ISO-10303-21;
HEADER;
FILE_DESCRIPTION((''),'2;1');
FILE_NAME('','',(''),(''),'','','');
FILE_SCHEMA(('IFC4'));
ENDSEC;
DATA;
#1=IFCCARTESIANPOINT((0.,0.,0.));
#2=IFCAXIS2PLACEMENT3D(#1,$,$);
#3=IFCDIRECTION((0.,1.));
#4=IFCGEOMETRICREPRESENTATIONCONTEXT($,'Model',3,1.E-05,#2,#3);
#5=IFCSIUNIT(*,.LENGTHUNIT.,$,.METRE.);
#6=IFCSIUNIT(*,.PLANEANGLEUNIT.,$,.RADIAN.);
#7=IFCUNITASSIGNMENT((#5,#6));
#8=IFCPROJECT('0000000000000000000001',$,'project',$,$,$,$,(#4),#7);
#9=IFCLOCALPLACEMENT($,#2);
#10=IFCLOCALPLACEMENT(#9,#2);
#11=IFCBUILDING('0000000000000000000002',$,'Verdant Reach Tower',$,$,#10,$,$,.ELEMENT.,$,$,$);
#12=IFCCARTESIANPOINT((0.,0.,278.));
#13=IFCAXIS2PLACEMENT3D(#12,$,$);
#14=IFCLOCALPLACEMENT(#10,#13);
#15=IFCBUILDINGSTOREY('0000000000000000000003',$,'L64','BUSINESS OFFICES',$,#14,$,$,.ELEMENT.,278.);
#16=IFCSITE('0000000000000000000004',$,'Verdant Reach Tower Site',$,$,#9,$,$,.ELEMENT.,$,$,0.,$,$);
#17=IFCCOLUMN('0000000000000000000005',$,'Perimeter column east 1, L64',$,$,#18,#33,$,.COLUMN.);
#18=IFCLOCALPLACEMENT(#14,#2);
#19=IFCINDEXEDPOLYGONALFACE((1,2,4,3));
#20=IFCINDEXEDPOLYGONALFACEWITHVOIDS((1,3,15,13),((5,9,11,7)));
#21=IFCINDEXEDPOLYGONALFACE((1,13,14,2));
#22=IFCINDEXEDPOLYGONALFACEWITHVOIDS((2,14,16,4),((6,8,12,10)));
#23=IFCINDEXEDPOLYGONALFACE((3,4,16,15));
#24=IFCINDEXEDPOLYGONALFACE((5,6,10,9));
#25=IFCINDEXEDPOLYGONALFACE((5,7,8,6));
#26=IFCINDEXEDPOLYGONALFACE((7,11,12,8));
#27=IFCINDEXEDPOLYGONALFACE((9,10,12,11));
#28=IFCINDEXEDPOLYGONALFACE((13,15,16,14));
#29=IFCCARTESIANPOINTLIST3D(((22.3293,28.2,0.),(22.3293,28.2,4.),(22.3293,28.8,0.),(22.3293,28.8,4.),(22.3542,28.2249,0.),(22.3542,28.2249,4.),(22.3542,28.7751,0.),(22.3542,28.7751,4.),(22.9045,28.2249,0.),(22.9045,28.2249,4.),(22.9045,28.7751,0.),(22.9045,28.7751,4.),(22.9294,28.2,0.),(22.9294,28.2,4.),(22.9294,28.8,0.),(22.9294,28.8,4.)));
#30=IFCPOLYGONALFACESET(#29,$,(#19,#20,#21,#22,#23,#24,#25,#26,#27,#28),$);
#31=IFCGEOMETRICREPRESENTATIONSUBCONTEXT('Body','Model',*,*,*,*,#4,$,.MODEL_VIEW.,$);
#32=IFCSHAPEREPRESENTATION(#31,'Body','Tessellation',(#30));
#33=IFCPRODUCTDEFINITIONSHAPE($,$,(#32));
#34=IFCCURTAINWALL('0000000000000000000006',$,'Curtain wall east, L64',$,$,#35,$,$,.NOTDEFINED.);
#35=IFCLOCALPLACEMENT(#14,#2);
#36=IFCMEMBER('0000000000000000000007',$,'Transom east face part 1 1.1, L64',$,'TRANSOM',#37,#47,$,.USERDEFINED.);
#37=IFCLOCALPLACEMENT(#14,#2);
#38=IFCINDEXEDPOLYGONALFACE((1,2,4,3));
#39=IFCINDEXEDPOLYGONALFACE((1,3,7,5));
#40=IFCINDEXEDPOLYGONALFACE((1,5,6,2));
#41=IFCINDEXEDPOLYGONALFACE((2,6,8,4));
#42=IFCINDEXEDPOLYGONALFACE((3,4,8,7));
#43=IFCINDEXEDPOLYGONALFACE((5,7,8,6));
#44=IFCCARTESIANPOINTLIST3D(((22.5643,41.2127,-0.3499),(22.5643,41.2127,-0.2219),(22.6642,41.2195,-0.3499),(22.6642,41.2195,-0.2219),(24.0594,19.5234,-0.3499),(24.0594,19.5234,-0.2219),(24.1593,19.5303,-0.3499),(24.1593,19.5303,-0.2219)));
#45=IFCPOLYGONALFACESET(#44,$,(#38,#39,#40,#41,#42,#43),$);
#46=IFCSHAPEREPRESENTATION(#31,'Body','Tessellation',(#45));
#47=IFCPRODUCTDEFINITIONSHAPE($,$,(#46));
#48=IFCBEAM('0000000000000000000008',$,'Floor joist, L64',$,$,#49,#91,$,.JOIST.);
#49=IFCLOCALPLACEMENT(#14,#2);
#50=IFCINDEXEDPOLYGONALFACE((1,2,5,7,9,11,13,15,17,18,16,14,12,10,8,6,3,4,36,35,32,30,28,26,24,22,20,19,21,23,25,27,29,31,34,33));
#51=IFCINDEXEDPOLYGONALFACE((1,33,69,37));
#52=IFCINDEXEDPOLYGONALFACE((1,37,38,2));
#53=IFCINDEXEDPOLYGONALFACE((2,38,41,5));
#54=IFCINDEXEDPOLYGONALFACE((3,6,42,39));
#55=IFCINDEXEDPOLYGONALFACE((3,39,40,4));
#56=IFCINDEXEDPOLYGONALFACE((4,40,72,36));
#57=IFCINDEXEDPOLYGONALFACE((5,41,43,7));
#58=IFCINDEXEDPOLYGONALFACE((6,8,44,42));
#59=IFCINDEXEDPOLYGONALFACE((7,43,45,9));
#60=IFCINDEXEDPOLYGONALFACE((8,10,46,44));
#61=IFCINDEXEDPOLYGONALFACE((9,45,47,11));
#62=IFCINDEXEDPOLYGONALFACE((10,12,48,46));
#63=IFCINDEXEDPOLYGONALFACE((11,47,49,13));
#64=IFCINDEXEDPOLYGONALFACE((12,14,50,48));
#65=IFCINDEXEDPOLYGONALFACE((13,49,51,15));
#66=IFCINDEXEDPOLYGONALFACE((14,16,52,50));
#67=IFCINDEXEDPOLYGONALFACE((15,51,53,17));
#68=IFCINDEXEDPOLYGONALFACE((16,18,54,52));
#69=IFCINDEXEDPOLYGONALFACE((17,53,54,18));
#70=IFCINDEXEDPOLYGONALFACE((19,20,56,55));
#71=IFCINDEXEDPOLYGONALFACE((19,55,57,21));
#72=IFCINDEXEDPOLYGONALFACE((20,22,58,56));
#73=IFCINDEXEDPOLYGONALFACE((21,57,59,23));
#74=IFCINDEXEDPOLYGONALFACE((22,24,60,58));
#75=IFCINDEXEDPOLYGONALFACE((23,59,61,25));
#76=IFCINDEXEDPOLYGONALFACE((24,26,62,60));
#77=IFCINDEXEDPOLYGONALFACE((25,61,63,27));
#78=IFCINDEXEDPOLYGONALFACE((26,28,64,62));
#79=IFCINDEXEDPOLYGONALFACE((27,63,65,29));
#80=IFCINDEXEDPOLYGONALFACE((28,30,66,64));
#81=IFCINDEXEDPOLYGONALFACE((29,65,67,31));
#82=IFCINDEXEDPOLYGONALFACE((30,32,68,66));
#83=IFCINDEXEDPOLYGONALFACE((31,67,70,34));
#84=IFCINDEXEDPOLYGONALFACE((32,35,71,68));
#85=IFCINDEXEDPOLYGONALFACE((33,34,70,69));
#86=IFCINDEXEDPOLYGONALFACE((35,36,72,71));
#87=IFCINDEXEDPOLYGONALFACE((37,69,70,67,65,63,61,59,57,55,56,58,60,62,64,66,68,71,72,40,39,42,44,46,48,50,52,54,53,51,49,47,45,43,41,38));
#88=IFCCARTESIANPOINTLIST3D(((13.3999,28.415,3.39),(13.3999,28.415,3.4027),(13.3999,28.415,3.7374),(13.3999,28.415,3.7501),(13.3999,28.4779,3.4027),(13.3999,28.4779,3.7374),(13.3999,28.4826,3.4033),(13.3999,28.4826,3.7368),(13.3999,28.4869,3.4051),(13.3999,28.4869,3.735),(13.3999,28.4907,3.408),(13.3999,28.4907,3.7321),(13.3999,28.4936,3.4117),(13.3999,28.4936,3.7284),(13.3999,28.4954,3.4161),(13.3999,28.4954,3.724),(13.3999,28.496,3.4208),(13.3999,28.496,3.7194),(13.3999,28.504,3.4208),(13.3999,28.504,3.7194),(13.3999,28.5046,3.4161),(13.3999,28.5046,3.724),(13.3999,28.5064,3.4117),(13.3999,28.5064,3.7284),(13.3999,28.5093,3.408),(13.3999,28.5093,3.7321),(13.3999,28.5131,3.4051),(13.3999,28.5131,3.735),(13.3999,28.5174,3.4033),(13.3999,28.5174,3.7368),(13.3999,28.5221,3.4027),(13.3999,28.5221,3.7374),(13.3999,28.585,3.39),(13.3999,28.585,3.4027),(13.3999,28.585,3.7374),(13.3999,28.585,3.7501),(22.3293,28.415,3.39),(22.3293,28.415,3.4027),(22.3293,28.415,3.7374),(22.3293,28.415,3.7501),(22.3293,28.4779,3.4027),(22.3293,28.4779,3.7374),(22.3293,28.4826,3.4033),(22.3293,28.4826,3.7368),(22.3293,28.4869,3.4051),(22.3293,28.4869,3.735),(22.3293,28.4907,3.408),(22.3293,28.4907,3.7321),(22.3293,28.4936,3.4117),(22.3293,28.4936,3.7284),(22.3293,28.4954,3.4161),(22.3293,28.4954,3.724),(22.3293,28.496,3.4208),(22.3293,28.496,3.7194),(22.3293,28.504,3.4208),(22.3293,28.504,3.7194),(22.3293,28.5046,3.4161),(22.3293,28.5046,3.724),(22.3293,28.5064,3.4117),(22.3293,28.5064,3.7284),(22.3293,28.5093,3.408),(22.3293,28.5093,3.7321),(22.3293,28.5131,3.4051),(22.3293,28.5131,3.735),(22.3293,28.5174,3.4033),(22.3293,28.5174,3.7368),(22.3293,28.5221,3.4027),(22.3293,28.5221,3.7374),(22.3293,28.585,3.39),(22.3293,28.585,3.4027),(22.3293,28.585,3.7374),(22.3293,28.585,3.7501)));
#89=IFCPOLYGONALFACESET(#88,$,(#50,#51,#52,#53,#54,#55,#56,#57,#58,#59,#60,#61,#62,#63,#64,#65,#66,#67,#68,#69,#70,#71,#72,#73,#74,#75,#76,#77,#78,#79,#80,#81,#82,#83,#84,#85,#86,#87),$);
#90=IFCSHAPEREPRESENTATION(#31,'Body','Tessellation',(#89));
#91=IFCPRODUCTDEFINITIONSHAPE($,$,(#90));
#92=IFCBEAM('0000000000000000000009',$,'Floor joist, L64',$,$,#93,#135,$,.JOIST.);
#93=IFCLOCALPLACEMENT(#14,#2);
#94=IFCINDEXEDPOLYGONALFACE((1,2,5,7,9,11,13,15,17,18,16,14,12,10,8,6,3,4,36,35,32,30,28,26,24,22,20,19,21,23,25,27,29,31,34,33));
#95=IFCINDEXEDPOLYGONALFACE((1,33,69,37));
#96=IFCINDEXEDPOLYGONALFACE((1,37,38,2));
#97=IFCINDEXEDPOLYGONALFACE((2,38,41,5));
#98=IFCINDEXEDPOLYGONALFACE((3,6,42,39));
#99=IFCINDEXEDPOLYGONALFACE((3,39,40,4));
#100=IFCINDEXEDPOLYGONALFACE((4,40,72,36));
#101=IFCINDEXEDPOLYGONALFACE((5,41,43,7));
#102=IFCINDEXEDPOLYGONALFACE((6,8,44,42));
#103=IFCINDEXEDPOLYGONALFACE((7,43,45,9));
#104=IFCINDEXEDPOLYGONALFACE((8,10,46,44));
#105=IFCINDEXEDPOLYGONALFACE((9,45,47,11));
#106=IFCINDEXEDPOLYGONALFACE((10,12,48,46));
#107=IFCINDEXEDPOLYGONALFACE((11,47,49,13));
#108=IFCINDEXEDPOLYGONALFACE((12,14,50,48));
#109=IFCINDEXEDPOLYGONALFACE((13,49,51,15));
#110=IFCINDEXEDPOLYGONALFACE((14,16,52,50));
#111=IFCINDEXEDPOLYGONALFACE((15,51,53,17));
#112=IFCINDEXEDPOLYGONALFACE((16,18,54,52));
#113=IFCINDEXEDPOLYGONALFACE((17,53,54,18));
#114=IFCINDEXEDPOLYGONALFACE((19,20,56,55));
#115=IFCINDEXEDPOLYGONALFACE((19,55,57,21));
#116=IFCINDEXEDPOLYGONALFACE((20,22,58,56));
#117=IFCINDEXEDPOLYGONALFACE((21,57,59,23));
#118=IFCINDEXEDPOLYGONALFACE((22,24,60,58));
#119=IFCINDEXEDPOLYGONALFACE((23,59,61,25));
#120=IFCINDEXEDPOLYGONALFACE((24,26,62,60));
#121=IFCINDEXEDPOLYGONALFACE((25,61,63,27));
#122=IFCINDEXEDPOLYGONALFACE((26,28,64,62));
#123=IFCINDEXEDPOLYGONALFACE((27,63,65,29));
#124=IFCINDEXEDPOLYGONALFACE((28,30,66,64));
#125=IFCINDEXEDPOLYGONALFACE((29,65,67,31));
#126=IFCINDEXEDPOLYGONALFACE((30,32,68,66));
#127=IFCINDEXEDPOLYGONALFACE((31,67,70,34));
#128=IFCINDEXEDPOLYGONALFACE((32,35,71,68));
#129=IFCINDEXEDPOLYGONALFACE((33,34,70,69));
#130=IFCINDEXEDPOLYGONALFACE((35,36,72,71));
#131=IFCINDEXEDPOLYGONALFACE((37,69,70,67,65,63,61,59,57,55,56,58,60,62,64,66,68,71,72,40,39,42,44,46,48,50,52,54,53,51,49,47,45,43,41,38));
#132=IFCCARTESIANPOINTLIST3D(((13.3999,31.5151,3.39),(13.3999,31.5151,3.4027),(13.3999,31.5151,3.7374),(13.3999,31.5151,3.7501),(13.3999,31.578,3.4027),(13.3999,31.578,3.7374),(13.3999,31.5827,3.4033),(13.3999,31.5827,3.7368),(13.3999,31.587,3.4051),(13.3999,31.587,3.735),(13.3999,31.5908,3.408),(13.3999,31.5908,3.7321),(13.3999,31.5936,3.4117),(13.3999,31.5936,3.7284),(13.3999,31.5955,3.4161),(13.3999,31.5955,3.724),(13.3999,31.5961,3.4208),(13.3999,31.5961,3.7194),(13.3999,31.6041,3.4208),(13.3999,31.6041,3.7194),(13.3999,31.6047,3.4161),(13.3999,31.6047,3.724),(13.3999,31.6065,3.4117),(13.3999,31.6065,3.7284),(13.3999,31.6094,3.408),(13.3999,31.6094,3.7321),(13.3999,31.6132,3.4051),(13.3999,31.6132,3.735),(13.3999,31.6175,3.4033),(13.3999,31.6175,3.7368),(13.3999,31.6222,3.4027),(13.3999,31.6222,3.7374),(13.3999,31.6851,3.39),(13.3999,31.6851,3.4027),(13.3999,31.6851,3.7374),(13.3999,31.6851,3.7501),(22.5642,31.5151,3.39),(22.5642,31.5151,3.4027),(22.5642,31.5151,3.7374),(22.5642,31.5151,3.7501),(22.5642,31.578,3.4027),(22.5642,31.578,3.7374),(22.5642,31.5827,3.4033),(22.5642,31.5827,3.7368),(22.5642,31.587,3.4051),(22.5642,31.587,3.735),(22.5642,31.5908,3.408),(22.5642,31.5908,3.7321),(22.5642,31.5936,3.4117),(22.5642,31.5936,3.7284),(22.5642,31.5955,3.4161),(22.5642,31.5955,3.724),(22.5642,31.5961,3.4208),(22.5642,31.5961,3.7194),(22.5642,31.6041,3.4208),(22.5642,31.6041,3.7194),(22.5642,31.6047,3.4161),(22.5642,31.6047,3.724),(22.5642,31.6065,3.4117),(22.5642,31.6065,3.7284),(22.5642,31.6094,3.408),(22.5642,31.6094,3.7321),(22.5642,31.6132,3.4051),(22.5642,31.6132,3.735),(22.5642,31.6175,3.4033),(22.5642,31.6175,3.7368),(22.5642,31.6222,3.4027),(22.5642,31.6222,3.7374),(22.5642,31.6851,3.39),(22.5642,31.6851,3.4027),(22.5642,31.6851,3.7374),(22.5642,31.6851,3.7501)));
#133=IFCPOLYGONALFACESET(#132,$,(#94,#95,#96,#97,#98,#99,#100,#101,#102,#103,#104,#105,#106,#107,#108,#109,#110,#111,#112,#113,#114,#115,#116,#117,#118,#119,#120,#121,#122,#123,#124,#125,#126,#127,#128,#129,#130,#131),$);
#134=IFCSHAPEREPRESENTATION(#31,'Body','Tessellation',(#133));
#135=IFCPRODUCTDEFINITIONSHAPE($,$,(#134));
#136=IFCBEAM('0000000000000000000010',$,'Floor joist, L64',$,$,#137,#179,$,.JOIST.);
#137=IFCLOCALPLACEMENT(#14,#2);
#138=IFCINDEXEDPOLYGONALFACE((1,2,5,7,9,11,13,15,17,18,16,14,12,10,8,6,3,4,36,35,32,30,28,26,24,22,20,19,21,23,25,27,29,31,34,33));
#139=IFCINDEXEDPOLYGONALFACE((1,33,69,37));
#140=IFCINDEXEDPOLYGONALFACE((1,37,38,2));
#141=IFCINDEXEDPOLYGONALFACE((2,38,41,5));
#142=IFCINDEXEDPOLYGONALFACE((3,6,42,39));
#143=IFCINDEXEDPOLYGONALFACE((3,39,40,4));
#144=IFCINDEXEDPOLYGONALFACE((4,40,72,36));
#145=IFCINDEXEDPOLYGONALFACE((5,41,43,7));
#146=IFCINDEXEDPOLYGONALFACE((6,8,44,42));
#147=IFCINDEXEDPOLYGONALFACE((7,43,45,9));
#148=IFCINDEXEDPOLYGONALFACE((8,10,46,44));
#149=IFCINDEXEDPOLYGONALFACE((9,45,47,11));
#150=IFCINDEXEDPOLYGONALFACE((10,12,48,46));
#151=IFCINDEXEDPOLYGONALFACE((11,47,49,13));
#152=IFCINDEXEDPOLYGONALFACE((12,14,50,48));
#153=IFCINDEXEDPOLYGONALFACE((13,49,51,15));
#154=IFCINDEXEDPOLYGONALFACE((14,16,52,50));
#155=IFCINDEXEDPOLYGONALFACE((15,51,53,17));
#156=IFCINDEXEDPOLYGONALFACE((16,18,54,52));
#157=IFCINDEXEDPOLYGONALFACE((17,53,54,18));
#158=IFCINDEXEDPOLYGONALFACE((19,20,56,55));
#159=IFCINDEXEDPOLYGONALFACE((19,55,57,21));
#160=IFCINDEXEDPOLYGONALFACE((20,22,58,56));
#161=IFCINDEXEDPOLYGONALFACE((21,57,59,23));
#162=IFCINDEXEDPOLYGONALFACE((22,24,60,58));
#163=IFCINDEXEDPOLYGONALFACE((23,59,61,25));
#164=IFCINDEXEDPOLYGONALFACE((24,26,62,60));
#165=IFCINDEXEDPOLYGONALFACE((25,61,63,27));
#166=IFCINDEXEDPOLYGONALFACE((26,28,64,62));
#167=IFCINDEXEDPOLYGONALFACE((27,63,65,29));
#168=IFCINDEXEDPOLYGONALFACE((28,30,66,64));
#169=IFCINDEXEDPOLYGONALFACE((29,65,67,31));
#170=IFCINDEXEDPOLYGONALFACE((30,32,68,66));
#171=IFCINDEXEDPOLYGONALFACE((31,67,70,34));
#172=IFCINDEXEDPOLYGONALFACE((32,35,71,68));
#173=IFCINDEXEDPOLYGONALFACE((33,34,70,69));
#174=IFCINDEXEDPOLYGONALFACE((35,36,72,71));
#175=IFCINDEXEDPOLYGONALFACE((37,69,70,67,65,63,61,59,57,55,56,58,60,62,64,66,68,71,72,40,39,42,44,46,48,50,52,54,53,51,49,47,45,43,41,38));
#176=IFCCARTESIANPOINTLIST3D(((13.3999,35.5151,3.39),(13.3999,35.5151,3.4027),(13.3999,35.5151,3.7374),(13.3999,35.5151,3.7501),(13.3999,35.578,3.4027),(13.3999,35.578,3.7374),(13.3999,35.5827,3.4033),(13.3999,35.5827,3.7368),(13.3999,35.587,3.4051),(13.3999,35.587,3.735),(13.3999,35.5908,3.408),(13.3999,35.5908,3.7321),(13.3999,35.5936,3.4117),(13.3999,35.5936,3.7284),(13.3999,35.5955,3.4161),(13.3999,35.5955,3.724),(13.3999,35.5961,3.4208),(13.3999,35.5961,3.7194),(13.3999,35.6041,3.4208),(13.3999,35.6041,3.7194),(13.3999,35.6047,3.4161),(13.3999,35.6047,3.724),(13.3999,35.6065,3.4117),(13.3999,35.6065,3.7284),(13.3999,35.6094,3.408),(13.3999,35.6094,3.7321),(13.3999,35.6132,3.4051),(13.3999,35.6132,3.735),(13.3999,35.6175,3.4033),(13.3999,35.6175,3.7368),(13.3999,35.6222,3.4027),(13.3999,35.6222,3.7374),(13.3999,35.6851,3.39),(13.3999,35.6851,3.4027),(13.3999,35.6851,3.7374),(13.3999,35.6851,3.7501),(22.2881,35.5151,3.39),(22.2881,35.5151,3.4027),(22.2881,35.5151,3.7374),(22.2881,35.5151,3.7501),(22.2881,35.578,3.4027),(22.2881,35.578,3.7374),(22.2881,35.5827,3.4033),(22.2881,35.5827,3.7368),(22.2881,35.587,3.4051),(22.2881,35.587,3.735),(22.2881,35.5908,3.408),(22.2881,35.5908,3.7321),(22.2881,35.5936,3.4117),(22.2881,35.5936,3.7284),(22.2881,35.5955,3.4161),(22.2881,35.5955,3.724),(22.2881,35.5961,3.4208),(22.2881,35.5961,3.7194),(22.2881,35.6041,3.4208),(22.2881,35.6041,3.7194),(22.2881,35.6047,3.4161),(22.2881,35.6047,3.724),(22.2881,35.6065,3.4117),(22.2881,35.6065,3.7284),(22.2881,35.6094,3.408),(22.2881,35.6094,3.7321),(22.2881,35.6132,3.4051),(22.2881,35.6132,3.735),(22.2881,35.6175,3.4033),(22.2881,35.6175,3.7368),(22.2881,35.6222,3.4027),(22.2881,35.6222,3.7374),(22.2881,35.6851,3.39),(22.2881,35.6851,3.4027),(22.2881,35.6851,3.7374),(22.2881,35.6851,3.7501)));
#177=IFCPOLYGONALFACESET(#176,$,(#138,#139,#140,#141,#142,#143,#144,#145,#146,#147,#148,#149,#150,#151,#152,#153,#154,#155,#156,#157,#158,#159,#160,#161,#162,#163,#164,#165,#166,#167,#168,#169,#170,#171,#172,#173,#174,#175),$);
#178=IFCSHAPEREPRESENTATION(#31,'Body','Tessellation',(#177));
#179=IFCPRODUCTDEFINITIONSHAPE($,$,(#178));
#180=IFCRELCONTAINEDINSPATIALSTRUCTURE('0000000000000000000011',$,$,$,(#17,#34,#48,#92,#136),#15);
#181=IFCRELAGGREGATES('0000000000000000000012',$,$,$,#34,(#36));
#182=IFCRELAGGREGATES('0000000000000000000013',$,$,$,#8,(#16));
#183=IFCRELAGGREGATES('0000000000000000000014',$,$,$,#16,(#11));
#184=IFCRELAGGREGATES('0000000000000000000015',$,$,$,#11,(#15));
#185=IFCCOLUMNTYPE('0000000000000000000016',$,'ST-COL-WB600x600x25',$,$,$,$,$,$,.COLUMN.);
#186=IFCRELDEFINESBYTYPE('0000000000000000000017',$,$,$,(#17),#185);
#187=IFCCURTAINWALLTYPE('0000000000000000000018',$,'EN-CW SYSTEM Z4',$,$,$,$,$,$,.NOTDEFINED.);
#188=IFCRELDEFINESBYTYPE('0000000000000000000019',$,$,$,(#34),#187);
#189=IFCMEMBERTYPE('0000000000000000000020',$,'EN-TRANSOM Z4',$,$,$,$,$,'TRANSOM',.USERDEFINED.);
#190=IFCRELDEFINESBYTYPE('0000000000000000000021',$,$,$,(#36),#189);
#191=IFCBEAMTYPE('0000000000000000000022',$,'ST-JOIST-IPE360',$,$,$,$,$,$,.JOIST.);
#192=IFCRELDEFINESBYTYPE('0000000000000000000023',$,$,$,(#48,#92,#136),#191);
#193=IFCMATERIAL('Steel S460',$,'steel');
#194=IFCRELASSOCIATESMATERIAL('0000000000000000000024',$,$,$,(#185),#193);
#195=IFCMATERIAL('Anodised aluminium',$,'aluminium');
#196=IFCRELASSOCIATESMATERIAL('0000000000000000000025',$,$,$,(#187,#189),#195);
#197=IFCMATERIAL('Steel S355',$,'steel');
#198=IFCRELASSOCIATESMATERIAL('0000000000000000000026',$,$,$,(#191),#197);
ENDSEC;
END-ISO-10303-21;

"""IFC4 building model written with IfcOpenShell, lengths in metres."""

from ifc_helpers import new_model, si_unit, direction, frame, origin, origin_2d, place, context, subcontext, project, spatial, rectangle, hollow_rectangle, i_section, extrude, material, material_profile, profile_set, type_object, element, aggregate, save


model = new_model("IFC4")

# Units and contexts
model_context = context("Model", 3, precision=1e-05, world=origin(), true_north=direction((0.0, 1.0)))
body_context = subcontext(model_context, "Body", "Model", "MODEL_VIEW")
ifc_project = project(units=[si_unit("LENGTHUNIT", "METRE"), si_unit("PLANEANGLEUNIT", "RADIAN")], contexts=[model_context])

# Site, building, storey
site_placement = place(None, origin())
site = spatial("IfcSite", under=ifc_project, at=site_placement, Name="Verdant Reach Tower Site", CompositionType="ELEMENT", RefElevation=0.0)
building_placement = place(site_placement, origin())
building = spatial("IfcBuilding", under=site, at=building_placement, Name="Verdant Reach Tower", CompositionType="ELEMENT")
storey_placement = place(building_placement, frame((0.0, 0.0, 278.0)))
storey = spatial("IfcBuildingStorey", under=building, at=storey_placement, Name="L64", Description="BUSINESS OFFICES", CompositionType="ELEMENT", Elevation=278.0)

# Column
ifc_material_1 = material(Name="Steel S460", Category="steel")
ifc_material_profile_1 = material_profile(ifc_material_1, hollow_rectangle(XDim=0.6001, YDim=0.6001, WallThickness=0.0249, at=origin_2d()), Name="WB 600x600x25")
ifc_profile_set_1 = profile_set([ifc_material_profile_1], Name="Steel S460")
column_type = type_object("IfcColumnType", Name="ST-COL-WB600x600x25", PredefinedType="COLUMN", material=ifc_profile_set_1)
column_placement = place(storey_placement, frame((22.6294, 28.5, 0.0), z_axis=(0.0, 0.0, 1.0), x_axis=(1.0, 0.0, 0.0)))
element("IfcColumn", 1, at=column_placement, inside=storey, type_object=column_type, Name="Perimeter column east 1, L64", PredefinedType="COLUMN", context=body_context, shape_type="SweptSolid", body=[
    extrude(hollow_rectangle(XDim=0.6001, YDim=0.6001, WallThickness=0.0249, at=origin_2d()), origin(), (0.0, 0.0, 1.0), 4.0),
])

# Curtain wall, member
ifc_material_2 = material(Name="Anodised aluminium", Category="aluminium")
curtain_wall_type = type_object("IfcCurtainWallType", Name="EN-CW SYSTEM Z4", PredefinedType="NOTDEFINED", material=ifc_material_2)
curtain_wall_placement = place(storey_placement, origin())
curtain_wall = element("IfcCurtainWall", 2, at=curtain_wall_placement, inside=storey, type_object=curtain_wall_type, Name="Curtain wall east, L64", PredefinedType="NOTDEFINED")
ifc_material_profile_2 = material_profile(ifc_material_2, rectangle(XDim=0.1001, YDim=0.1279, at=origin_2d()), Name="Transom 128x100")
ifc_profile_set_2 = profile_set([ifc_material_profile_2], Name="Anodised aluminium")
member_type = type_object("IfcMemberType", Name="EN-TRANSOM Z4", ElementType="TRANSOM", PredefinedType="USERDEFINED", material=ifc_profile_set_2)
member_placement = place(storey_placement, frame((24.1094, 19.5269, -0.2859), z_axis=(-0.06877, 0.997633, 0.0), x_axis=(-0.997633, -0.06877, 0.0)))
member = element("IfcMember", 3, at=member_placement, type_object=member_type, Name="Transom east face part 1 1.1, L64", ObjectType="TRANSOM", PredefinedType="USERDEFINED", context=body_context, shape_type="SweptSolid", body=[
    extrude(rectangle(XDim=0.1001, YDim=0.1279, at=origin_2d()), origin(), (0.0, 0.0, 1.0), 21.7407),
])

# Beams
ifc_material_3 = material(Name="Steel S355", Category="steel")
ifc_material_profile_3 = material_profile(ifc_material_3, i_section(OverallWidth=0.1699, OverallDepth=0.3601, WebThickness=0.0081, FlangeThickness=0.0127, FilletRadius=0.0181, at=origin_2d()), Name="IPE 360")
ifc_profile_set_3 = profile_set([ifc_material_profile_3], Name="Steel S355")
beam_type_1 = type_object("IfcBeamType", Name="ST-JOIST-IPE360", PredefinedType="JOIST", material=ifc_profile_set_3)
beam_1_placement = place(storey_placement, frame((13.3999, 28.5, 3.5701), z_axis=(1.0, 0.0, 0.0), x_axis=(0.0, 1.0, 0.0)))
element("IfcBeam", 4, at=beam_1_placement, inside=storey, type_object=beam_type_1, Name="Floor joist, L64", PredefinedType="JOIST", context=body_context, shape_type="SweptSolid", body=[
    extrude(i_section(OverallWidth=0.1699, OverallDepth=0.3601, WebThickness=0.0081, FlangeThickness=0.0127, FilletRadius=0.0181, at=origin_2d()), origin(), (0.0, 0.0, 1.0), 8.9294),
])
beam_2_placement = place(storey_placement, frame((13.3999, 31.6001, 3.5701), z_axis=(1.0, 0.0, 0.0), x_axis=(0.0, 1.0, 0.0)))
element("IfcBeam", 5, at=beam_2_placement, inside=storey, type_object=beam_type_1, Name="Floor joist, L64", PredefinedType="JOIST", context=body_context, shape_type="SweptSolid", body=[
    extrude(i_section(OverallWidth=0.1699, OverallDepth=0.3601, WebThickness=0.0081, FlangeThickness=0.0127, FilletRadius=0.0181, at=origin_2d()), origin(), (0.0, 0.0, 1.0), 9.1643),
])
beam_3_placement = place(storey_placement, frame((13.3999, 35.6001, 3.5701), z_axis=(1.0, 0.0, 0.0), x_axis=(0.0, 1.0, 0.0)))
element("IfcBeam", 6, at=beam_3_placement, inside=storey, type_object=beam_type_1, Name="Floor joist, L64", PredefinedType="JOIST", context=body_context, shape_type="SweptSolid", body=[
    extrude(i_section(OverallWidth=0.1699, OverallDepth=0.3601, WebThickness=0.0081, FlangeThickness=0.0127, FilletRadius=0.0181, at=origin_2d()), origin(), (0.0, 0.0, 1.0), 8.8882),
])

aggregate(curtain_wall, [member])

save(model, "model.ifc")
